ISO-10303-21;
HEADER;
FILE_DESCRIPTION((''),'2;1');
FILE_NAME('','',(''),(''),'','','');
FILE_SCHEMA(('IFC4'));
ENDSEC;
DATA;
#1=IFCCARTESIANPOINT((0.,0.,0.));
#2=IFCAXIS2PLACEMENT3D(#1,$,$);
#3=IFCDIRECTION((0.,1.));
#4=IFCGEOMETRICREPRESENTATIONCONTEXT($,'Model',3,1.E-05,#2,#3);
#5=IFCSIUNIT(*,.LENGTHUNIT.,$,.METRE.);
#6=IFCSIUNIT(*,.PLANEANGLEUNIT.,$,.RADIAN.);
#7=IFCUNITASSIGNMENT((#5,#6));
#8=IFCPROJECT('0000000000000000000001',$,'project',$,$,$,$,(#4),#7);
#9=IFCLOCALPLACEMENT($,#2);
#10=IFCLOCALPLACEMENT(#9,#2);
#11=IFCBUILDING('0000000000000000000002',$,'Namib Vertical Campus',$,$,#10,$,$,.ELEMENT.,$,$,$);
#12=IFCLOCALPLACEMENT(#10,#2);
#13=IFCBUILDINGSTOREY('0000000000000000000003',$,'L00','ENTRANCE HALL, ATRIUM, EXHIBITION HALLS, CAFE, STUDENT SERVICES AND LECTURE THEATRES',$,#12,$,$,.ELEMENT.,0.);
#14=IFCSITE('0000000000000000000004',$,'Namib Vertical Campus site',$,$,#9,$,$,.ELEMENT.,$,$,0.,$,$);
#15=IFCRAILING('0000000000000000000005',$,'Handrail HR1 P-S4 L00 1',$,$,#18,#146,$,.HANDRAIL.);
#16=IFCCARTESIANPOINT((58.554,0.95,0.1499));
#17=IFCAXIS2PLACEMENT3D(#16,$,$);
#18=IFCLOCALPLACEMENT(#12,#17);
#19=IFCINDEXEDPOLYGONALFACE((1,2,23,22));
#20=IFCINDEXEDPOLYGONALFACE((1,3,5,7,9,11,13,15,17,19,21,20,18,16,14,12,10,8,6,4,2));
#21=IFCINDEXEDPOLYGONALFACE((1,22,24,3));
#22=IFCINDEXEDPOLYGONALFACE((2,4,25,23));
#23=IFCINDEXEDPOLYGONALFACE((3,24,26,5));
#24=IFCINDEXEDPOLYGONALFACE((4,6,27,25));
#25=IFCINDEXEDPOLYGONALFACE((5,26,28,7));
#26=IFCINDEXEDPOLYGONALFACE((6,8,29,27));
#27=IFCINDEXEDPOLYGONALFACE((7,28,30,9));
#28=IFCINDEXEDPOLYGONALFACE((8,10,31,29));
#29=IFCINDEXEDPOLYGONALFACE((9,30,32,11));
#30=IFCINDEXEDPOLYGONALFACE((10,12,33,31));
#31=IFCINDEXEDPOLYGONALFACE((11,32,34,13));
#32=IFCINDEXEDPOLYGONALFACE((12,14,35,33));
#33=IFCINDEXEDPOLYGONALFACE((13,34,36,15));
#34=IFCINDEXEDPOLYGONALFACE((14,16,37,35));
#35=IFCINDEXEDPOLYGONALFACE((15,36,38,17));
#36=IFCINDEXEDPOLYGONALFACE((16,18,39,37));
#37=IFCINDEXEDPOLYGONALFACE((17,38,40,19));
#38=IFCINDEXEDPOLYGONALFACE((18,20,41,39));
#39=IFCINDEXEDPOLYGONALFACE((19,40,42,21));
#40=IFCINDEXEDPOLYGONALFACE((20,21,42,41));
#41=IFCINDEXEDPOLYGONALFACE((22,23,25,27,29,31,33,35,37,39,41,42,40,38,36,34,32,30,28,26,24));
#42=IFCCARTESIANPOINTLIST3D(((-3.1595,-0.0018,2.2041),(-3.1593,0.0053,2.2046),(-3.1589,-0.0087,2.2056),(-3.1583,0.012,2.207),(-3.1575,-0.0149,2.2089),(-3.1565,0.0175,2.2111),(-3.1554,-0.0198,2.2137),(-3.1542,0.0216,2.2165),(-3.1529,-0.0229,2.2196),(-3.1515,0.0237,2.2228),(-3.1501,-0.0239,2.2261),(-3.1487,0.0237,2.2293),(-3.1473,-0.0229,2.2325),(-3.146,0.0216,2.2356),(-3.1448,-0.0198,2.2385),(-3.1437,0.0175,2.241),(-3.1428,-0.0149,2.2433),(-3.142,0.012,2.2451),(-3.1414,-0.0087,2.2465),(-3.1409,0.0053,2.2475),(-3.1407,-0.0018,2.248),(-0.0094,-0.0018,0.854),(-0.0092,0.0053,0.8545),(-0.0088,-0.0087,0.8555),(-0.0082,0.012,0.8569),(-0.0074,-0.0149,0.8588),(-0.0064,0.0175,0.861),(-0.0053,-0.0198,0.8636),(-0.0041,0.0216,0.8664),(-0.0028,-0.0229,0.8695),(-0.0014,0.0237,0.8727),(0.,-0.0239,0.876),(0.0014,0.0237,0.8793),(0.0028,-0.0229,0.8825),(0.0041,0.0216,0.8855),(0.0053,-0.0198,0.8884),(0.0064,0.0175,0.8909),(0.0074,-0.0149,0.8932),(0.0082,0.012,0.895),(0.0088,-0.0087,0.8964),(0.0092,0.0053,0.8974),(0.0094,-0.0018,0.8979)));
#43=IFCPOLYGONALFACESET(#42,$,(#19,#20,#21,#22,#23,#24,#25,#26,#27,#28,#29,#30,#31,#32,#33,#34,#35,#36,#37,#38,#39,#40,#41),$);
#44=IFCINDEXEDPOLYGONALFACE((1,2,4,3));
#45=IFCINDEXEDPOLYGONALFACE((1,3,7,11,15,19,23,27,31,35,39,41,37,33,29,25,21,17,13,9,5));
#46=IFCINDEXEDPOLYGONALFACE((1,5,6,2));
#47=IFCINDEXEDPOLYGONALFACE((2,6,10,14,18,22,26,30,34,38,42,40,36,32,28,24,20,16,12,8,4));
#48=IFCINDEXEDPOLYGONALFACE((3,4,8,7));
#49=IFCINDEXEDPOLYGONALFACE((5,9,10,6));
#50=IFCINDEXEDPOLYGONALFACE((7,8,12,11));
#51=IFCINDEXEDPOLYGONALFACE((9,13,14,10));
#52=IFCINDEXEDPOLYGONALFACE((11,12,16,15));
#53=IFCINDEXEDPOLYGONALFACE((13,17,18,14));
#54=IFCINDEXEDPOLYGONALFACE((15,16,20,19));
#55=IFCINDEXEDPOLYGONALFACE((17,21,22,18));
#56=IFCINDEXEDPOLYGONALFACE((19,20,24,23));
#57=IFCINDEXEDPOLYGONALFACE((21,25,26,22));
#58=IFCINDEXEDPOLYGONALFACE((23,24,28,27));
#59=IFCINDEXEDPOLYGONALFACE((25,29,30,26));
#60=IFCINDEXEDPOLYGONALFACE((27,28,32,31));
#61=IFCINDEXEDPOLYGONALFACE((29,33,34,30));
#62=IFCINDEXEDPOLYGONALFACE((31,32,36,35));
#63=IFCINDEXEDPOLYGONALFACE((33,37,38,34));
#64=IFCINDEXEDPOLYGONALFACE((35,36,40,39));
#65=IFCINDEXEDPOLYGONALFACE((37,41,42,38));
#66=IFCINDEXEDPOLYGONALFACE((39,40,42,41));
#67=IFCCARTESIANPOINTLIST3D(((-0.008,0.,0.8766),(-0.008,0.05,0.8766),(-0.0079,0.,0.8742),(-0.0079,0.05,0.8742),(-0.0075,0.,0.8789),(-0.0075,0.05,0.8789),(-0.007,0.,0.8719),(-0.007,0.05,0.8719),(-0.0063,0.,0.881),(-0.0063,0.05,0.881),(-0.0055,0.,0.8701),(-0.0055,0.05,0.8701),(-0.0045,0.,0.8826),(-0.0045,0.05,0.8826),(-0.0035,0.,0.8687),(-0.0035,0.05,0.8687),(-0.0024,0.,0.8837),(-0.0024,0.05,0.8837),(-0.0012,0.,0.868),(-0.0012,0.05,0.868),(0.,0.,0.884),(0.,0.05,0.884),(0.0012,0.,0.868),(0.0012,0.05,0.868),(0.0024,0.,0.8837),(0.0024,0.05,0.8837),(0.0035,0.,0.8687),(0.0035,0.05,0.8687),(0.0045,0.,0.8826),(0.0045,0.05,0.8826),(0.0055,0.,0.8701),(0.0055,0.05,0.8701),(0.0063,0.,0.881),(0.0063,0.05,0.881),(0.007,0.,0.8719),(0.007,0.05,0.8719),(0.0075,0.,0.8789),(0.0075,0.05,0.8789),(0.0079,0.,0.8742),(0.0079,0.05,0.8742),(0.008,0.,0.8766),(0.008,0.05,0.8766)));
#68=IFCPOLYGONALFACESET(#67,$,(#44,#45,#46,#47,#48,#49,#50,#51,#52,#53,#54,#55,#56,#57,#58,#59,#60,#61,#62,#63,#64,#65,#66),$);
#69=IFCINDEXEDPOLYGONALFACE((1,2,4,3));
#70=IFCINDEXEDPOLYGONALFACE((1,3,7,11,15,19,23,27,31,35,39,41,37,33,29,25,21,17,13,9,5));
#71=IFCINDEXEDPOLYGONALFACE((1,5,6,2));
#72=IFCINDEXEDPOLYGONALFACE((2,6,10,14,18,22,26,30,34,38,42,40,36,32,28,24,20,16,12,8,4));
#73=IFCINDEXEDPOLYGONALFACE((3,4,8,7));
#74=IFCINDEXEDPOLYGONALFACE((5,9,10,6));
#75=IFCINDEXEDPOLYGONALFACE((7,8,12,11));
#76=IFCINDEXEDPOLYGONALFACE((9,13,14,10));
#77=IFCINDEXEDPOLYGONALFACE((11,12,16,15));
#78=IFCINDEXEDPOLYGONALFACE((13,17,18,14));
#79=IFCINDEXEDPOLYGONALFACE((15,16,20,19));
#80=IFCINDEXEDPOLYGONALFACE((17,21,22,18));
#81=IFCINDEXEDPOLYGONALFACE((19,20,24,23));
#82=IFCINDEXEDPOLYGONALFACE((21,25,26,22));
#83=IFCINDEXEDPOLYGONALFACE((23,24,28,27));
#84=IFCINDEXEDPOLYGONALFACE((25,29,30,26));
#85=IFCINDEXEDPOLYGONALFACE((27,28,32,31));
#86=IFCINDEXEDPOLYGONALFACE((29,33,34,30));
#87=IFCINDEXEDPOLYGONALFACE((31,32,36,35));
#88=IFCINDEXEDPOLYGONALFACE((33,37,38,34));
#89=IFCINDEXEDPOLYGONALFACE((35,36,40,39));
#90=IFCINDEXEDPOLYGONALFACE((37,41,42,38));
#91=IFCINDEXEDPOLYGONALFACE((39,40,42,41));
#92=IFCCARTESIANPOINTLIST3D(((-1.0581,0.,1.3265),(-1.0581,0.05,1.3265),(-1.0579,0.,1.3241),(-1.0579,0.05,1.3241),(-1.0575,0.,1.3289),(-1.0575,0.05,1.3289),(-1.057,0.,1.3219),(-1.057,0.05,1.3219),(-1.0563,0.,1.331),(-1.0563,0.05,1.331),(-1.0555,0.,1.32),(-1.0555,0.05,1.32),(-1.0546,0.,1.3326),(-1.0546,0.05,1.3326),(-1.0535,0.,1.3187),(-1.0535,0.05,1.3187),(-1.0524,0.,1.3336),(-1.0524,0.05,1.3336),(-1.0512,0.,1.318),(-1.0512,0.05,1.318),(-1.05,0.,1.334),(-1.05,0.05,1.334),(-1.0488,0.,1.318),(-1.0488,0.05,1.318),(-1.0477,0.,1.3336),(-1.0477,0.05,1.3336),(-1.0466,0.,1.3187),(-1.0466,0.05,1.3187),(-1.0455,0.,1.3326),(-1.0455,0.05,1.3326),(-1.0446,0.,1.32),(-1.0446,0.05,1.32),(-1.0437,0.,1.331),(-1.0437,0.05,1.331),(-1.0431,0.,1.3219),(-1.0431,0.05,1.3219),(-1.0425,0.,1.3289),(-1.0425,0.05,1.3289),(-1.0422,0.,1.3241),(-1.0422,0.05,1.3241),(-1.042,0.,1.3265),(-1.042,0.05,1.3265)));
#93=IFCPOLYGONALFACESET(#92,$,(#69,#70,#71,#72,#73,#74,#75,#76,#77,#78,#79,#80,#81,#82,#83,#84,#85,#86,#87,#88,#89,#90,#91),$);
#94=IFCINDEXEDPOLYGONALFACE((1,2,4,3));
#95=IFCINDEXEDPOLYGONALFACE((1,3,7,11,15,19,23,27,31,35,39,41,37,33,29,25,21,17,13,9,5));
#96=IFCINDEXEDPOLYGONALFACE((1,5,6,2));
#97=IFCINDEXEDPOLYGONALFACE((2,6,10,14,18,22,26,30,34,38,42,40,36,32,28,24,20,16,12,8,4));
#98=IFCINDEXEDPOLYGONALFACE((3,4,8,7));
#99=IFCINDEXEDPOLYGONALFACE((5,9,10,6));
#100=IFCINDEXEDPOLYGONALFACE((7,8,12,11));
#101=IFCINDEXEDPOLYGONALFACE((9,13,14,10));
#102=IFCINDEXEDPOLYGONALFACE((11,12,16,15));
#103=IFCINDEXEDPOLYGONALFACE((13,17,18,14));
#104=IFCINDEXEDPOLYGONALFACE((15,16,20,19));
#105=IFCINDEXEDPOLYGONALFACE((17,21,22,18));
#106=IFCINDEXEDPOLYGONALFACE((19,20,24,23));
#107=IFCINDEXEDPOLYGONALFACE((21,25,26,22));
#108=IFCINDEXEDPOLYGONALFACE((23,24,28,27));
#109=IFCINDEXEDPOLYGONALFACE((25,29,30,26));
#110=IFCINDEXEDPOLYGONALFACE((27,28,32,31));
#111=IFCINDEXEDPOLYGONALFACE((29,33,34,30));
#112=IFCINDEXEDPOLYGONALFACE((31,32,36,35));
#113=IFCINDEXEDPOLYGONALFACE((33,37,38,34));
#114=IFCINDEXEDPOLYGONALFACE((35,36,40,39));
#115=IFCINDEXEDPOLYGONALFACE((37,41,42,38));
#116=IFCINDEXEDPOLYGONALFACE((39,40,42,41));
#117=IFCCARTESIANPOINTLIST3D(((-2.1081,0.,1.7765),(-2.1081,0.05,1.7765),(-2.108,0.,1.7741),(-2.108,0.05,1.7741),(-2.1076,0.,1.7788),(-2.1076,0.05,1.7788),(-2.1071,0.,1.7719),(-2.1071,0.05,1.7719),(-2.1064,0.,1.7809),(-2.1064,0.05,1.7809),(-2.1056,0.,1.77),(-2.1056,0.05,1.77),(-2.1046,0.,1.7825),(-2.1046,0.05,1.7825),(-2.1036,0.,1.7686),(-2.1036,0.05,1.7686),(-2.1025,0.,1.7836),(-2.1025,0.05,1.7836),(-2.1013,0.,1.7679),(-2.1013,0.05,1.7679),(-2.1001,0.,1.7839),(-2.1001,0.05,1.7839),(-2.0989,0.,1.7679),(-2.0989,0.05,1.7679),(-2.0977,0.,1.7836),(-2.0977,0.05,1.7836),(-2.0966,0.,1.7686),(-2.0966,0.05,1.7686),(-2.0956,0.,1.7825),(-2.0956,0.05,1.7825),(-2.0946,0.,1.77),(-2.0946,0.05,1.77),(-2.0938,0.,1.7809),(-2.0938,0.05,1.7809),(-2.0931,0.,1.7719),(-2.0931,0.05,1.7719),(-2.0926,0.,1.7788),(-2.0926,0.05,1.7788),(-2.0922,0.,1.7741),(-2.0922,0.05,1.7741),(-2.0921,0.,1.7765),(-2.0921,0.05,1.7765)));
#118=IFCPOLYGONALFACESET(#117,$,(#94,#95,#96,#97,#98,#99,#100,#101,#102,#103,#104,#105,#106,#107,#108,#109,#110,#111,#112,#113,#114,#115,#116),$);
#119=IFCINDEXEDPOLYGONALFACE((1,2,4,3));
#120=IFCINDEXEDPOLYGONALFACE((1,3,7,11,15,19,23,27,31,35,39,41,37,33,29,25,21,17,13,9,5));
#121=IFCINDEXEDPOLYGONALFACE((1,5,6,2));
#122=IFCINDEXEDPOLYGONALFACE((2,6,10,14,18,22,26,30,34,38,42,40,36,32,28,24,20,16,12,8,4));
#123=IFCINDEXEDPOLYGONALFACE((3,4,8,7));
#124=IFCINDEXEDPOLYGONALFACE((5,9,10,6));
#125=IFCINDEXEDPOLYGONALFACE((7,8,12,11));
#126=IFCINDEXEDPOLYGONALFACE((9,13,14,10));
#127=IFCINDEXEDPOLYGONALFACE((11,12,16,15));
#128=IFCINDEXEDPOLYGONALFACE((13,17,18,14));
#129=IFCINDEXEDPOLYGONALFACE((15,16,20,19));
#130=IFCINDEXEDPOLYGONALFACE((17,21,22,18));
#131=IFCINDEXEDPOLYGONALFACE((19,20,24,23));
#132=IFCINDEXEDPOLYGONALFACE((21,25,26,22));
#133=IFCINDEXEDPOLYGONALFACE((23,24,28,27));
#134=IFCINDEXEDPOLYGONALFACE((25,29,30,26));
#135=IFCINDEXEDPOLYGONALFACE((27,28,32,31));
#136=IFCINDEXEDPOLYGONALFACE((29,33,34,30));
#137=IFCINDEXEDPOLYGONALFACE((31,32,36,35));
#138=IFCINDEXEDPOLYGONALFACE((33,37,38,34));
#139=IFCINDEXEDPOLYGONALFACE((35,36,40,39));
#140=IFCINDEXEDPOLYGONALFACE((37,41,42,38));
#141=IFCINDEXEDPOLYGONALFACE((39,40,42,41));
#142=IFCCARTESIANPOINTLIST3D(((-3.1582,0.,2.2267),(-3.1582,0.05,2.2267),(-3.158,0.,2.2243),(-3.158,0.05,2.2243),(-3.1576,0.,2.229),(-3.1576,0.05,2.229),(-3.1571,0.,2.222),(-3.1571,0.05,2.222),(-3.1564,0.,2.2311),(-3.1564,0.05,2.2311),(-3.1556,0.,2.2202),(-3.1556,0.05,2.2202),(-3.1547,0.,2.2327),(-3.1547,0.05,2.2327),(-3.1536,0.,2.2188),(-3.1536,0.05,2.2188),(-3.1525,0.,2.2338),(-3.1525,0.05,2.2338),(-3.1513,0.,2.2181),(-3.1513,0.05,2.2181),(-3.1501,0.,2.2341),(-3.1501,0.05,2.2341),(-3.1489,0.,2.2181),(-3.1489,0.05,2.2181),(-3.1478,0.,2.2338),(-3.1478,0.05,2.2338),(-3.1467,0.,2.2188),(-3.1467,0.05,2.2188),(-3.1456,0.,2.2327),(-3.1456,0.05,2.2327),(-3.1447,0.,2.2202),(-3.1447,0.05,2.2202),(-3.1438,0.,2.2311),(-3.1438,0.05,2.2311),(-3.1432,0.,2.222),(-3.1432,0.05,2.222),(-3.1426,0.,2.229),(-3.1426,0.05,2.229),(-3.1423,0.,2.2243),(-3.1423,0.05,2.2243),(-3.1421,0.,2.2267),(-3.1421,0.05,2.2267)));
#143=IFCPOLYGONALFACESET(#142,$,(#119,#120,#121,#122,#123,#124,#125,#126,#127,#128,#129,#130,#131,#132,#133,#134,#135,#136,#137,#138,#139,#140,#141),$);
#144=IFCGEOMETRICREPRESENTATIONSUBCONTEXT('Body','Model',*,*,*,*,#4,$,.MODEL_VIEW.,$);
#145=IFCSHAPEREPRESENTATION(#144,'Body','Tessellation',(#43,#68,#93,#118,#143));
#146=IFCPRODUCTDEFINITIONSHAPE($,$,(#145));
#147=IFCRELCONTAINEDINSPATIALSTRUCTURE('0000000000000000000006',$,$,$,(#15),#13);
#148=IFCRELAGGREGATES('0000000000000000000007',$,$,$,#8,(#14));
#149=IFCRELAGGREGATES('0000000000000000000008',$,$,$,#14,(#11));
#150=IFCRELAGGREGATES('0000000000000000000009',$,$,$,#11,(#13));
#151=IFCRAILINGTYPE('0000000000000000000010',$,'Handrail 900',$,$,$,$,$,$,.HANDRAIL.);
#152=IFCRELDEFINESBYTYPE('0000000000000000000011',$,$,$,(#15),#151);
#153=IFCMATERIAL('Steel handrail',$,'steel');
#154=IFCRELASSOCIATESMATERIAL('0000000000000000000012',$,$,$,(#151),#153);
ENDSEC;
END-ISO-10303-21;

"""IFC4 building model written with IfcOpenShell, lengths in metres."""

from ifc_helpers import new_model, si_unit, direction, frame, origin, origin_2d, place, context, subcontext, project, spatial, circle, extrude, material, type_object, element, save


model = new_model("IFC4")

# Units and contexts
model_context = context("Model", 3, precision=1e-05, world=origin(), true_north=direction((0.0, 1.0)))
body_context = subcontext(model_context, "Body", "Model", "MODEL_VIEW")
ifc_project = project(units=[si_unit("LENGTHUNIT", "METRE"), si_unit("PLANEANGLEUNIT", "RADIAN")], contexts=[model_context])

# Site, building, storey
site_placement = place(None, origin())
site = spatial("IfcSite", under=ifc_project, at=site_placement, Name="Namib Vertical Campus site", CompositionType="ELEMENT", RefElevation=0.0)
building_placement = place(site_placement, origin())
building = spatial("IfcBuilding", under=site, at=building_placement, Name="Namib Vertical Campus", CompositionType="ELEMENT")
storey_placement = place(building_placement, origin())
storey = spatial("IfcBuildingStorey", under=building, at=storey_placement, Name="L00", Description="ENTRANCE HALL, ATRIUM, EXHIBITION HALLS, CAFE, STUDENT SERVICES AND LECTURE THEATRES", CompositionType="ELEMENT", Elevation=0.0)

# Railing
ifc_material_1 = material(Name="Steel handrail", Category="steel")
railing_type_1 = type_object("IfcRailingType", Name="Handrail 900", PredefinedType="HANDRAIL", material=ifc_material_1)
railing_1_placement = place(storey_placement, frame((58.554, 0.95, 0.1499)))
element("IfcRailing", 1, at=railing_1_placement, inside=storey, type_object=railing_type_1, Name="Handrail HR1 P-S4 L00 1", PredefinedType="HANDRAIL", context=body_context, shape_type="SweptSolid", body=[
    extrude(circle(Radius=0.0239, at=origin_2d()), frame((0.0, 0.0, 0.876), z_axis=(-0.919141, 0.0, 0.393928), x_axis=(0.0, -1.0, 0.0)), (0.0, 0.0, 1.0), 3.4272),
    extrude(circle(Radius=0.0081, at=origin_2d()), frame((0.0, 0.0, 0.876), z_axis=(0.0, 1.0, 0.0), x_axis=(0.0, 0.0, 1.0)), (0.0, 0.0, 1.0), 0.05),
    extrude(circle(Radius=0.0081, at=origin_2d()), frame((-1.05, 0.0, 1.3259), z_axis=(0.0, 1.0, 0.0), x_axis=(0.0, 0.0, 1.0)), (0.0, 0.0, 1.0), 0.05),
    extrude(circle(Radius=0.0081, at=origin_2d()), frame((-2.1001, 0.0, 1.7759), z_axis=(0.0, 1.0, 0.0), x_axis=(0.0, 0.0, 1.0)), (0.0, 0.0, 1.0), 0.05),
    extrude(circle(Radius=0.0081, at=origin_2d()), frame((-3.1501, 0.0, 2.2261), z_axis=(0.0, 1.0, 0.0), x_axis=(0.0, 0.0, 1.0)), (0.0, 0.0, 1.0), 0.05),
])

save(model, "model.ifc")
